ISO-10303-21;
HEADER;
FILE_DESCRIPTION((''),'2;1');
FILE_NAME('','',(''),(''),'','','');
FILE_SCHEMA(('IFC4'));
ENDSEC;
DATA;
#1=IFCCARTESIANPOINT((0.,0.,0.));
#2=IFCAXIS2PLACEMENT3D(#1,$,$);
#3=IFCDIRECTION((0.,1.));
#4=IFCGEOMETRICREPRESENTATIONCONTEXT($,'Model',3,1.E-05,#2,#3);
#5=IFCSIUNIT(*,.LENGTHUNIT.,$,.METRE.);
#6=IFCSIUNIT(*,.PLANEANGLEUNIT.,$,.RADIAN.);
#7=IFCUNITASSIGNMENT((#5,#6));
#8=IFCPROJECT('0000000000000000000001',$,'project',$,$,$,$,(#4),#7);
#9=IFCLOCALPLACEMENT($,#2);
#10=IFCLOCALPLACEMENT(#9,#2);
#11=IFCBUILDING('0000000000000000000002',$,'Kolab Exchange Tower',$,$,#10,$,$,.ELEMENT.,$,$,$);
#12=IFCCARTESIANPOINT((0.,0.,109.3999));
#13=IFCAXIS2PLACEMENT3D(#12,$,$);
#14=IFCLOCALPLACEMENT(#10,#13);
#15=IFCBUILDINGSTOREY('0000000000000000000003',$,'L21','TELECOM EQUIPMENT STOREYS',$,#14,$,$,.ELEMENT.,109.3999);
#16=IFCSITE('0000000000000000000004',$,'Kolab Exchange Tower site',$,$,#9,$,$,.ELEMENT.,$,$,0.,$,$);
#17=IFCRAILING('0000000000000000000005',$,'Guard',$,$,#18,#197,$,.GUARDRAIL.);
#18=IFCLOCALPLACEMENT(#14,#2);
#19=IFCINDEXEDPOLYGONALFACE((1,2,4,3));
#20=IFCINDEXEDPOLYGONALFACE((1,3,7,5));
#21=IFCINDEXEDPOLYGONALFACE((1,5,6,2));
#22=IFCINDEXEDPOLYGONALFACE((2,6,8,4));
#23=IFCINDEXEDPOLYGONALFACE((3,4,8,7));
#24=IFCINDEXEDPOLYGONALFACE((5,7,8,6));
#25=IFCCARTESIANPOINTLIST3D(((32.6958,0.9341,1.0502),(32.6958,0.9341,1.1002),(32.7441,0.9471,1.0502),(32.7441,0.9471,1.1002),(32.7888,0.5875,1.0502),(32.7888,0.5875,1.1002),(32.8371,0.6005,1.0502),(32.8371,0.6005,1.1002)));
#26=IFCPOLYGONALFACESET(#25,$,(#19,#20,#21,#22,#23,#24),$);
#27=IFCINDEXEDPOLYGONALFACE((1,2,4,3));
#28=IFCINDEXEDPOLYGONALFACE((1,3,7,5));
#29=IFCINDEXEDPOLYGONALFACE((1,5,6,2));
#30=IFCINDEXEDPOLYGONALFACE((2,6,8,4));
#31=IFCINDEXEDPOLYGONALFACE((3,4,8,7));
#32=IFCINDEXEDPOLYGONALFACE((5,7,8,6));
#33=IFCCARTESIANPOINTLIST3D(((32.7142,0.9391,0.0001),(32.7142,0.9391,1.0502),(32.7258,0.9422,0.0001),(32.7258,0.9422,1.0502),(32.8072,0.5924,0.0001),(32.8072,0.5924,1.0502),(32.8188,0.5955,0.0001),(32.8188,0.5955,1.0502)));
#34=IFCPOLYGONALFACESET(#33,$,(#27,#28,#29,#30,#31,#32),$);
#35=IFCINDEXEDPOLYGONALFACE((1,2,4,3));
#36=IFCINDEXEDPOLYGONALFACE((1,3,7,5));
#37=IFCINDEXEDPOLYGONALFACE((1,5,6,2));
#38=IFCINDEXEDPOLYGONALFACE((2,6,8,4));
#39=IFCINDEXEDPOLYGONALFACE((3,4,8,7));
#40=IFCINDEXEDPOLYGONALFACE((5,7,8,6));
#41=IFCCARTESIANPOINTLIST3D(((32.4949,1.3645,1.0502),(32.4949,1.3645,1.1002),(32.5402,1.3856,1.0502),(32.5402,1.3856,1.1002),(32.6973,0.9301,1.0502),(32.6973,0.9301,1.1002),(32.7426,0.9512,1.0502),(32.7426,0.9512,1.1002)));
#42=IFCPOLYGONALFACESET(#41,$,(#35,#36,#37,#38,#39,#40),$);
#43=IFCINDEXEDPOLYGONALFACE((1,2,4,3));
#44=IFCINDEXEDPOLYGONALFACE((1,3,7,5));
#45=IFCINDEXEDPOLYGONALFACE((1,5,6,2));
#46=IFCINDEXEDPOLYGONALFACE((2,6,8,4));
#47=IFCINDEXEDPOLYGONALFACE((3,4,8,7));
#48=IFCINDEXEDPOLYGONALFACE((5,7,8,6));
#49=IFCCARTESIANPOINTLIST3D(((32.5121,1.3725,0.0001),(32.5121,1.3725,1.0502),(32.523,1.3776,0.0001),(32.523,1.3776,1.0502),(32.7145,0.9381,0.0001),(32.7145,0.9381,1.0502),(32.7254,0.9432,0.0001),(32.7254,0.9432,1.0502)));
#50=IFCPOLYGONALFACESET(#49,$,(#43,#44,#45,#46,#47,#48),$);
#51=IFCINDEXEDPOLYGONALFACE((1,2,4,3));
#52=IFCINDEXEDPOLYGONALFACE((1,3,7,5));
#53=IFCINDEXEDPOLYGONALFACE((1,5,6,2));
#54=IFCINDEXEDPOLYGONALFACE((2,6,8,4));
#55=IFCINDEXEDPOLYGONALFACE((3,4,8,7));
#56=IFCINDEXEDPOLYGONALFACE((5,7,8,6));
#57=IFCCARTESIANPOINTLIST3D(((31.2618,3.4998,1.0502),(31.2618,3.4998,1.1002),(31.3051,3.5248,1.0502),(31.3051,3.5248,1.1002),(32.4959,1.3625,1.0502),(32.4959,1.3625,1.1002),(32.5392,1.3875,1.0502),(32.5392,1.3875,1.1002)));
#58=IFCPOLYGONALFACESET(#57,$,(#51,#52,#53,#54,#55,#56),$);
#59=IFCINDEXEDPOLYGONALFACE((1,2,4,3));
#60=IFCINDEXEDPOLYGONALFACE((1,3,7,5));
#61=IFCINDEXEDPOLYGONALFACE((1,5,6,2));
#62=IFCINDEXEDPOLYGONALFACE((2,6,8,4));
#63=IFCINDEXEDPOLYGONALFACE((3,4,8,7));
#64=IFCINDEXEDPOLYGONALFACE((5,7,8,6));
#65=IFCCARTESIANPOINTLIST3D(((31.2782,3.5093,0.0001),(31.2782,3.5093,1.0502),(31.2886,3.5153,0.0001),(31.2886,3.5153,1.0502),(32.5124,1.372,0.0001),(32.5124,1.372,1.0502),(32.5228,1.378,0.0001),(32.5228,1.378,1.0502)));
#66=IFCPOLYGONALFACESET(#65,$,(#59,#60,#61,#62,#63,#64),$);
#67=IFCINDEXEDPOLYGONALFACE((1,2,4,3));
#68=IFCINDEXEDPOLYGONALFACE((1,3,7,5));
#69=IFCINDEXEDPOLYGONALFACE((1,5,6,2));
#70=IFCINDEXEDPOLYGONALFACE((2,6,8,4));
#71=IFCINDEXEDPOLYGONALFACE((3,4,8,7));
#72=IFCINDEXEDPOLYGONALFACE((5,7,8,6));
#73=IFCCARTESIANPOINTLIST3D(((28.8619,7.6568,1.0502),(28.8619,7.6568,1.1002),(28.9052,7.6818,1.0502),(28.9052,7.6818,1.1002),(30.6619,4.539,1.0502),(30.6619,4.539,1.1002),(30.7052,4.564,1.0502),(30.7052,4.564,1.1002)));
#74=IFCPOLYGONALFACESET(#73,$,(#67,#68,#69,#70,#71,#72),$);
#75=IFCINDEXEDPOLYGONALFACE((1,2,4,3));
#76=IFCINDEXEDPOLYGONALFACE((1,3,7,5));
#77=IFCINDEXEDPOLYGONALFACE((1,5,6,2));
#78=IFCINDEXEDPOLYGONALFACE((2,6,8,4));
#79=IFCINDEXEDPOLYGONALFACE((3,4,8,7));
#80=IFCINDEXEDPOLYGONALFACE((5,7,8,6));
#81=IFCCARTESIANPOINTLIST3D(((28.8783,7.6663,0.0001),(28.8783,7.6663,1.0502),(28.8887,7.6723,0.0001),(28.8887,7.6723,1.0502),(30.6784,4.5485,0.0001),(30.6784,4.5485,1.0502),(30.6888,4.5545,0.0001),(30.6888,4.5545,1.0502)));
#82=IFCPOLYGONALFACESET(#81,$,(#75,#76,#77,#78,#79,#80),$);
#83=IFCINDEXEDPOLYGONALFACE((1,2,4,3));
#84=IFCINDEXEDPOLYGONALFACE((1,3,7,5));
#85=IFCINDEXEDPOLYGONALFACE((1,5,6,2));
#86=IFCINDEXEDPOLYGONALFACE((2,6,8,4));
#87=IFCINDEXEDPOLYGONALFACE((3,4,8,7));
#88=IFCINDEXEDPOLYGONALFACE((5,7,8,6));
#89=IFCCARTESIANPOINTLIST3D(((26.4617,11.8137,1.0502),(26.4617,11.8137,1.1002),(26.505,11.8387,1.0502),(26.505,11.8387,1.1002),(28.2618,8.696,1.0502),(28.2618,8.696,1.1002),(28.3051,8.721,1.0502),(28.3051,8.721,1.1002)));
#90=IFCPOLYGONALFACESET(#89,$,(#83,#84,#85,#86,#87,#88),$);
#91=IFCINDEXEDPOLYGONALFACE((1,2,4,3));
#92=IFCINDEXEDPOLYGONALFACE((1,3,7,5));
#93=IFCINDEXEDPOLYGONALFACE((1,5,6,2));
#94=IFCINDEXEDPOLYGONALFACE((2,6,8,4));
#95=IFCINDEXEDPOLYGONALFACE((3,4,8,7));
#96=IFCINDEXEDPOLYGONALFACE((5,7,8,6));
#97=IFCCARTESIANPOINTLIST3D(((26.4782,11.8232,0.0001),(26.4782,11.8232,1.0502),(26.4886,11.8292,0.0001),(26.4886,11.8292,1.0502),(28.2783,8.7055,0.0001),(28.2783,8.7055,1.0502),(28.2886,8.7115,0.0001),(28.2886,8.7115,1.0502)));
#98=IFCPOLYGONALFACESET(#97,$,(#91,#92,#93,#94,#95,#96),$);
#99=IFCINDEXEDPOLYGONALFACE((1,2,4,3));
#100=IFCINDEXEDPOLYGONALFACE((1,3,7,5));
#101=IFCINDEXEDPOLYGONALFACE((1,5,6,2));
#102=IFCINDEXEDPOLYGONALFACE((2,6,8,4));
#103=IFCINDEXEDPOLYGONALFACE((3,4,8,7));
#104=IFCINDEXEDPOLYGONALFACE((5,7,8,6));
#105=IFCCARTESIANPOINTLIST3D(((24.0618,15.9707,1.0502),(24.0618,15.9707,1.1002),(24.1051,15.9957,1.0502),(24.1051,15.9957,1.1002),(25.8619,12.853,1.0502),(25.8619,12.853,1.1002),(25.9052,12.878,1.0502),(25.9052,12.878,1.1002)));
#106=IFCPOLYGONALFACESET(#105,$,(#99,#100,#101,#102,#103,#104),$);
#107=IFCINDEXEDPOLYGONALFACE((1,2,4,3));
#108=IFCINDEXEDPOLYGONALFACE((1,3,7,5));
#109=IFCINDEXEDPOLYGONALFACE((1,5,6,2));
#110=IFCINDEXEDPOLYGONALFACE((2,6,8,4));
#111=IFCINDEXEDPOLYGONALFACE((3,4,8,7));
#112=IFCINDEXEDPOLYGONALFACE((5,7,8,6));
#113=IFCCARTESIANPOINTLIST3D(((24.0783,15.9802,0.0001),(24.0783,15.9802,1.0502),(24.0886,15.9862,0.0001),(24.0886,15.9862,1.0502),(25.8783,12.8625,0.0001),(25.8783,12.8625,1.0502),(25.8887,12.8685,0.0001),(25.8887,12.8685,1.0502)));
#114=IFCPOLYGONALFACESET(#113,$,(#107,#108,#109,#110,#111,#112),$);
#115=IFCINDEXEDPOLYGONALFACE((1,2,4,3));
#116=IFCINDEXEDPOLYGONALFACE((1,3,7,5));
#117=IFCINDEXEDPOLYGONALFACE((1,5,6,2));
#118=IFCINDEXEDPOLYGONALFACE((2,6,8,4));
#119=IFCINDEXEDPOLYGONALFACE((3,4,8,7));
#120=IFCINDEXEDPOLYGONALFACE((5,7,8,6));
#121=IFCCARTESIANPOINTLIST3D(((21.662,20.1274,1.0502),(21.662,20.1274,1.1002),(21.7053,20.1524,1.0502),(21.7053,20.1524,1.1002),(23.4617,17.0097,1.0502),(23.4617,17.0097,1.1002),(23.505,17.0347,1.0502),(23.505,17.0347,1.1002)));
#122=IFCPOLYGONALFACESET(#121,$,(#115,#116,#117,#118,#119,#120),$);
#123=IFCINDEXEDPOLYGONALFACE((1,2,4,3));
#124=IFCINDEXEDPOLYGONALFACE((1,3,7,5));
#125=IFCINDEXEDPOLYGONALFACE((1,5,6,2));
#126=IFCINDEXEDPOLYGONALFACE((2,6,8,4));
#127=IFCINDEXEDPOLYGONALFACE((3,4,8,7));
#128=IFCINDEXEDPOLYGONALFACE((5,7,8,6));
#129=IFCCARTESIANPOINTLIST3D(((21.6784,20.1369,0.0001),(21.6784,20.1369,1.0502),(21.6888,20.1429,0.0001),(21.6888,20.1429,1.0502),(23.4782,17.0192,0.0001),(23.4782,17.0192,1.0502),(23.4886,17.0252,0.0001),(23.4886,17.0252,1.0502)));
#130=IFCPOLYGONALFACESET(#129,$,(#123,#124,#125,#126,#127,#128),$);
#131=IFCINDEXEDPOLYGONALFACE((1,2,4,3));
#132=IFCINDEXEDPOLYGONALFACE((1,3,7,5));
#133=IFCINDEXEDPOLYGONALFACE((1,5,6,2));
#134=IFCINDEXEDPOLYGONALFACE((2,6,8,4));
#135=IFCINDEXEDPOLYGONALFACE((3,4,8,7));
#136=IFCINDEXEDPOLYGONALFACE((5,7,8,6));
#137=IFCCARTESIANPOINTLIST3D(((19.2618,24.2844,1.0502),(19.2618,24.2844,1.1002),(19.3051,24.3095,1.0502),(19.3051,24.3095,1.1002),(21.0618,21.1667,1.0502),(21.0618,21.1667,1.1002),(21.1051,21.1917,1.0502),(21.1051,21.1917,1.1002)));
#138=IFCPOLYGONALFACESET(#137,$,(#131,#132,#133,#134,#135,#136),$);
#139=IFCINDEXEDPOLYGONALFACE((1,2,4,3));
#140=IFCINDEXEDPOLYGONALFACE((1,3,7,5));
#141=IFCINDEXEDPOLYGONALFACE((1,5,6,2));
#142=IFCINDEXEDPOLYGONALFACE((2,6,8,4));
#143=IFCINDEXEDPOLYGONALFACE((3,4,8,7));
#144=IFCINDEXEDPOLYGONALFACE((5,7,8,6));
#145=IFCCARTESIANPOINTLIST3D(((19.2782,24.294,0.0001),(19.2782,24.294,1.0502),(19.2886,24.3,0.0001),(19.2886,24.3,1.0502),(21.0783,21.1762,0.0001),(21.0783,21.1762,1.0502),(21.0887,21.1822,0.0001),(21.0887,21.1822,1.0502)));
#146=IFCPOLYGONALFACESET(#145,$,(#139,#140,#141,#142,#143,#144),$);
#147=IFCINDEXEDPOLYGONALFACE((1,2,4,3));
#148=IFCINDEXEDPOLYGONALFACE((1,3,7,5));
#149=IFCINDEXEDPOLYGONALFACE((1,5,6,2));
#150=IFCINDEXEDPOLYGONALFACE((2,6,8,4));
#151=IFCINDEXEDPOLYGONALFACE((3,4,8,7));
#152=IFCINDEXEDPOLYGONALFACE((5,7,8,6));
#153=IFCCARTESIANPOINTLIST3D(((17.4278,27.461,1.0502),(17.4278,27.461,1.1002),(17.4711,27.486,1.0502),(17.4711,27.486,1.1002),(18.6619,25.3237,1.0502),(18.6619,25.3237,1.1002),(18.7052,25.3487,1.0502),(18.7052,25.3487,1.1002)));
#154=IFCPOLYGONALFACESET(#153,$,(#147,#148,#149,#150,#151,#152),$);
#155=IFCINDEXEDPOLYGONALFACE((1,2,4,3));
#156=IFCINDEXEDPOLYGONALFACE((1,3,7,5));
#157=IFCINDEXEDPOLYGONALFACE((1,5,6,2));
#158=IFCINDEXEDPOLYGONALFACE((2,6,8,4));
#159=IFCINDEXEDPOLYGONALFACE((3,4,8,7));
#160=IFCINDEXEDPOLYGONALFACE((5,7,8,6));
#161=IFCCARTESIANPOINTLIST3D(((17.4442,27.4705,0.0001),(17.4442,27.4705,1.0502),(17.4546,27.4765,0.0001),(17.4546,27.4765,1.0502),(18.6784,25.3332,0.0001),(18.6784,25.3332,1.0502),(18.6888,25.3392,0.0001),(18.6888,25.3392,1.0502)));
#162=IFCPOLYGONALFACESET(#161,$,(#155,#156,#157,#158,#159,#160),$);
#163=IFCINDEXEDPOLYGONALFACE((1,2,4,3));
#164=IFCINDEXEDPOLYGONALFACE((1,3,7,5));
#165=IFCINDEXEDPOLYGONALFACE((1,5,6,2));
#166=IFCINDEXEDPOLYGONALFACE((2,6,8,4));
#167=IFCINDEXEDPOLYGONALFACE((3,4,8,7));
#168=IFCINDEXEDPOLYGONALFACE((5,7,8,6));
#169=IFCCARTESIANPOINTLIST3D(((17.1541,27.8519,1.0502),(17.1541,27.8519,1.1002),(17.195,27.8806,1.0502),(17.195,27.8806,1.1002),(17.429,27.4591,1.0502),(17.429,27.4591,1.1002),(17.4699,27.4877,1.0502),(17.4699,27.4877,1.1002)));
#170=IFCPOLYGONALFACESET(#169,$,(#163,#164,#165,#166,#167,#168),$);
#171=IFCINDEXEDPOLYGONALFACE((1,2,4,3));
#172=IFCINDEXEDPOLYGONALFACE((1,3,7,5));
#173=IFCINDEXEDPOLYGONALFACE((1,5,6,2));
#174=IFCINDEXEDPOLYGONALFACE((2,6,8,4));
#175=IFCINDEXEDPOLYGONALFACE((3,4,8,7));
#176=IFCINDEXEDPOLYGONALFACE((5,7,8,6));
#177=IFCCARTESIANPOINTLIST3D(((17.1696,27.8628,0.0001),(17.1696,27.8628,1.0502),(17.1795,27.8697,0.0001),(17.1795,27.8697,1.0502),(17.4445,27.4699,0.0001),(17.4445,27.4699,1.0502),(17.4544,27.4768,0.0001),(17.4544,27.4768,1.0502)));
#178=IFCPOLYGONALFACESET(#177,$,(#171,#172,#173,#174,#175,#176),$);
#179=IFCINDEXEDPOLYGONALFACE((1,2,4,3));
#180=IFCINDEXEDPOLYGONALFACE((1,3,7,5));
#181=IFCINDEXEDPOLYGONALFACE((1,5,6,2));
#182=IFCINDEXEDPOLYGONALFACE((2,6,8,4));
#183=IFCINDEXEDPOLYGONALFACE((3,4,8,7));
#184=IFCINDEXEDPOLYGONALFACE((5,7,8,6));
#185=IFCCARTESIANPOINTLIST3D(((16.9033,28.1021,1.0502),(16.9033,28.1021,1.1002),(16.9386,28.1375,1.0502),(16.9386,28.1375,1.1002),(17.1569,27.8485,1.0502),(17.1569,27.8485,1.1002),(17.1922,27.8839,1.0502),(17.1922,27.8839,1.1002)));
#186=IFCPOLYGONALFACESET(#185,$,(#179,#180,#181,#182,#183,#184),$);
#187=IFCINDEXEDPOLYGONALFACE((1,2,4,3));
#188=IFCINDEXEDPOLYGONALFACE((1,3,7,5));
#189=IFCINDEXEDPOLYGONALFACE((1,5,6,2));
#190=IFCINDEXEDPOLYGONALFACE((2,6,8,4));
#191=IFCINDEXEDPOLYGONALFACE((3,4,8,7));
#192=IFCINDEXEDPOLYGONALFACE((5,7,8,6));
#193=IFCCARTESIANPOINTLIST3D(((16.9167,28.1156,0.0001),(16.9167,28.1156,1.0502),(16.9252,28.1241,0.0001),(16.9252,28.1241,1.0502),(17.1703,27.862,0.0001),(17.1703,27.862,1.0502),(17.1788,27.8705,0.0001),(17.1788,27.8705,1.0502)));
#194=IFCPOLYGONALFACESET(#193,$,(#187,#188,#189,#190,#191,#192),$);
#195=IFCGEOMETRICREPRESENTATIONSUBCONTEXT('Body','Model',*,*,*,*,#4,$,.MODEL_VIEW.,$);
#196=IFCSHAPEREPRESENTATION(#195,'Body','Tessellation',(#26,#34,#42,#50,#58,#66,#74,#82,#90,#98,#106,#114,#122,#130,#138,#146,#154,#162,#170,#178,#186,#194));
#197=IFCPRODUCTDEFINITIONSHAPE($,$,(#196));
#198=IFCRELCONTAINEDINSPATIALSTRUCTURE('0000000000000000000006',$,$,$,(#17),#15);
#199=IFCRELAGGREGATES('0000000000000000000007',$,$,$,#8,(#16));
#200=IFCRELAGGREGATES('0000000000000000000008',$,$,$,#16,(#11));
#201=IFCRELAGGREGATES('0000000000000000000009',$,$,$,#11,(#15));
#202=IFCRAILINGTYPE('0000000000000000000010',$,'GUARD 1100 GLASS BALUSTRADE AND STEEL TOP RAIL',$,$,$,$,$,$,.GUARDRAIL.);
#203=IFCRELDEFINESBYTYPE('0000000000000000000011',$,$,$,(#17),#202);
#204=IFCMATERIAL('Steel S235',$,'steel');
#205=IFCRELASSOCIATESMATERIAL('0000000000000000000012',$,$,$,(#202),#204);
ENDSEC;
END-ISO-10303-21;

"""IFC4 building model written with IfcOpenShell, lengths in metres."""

from ifc_helpers import new_model, si_unit, direction, frame, frame_2d, origin, origin_2d, place, context, subcontext, project, spatial, rectangle, extrude, material, type_object, element, save


model = new_model("IFC4")

# Units and contexts
model_context = context("Model", 3, precision=1e-05, world=origin(), true_north=direction((0.0, 1.0)))
body_context = subcontext(model_context, "Body", "Model", "MODEL_VIEW")
ifc_project = project(units=[si_unit("LENGTHUNIT", "METRE"), si_unit("PLANEANGLEUNIT", "RADIAN")], contexts=[model_context])

# Site, building, storey
site_placement = place(None, origin())
site = spatial("IfcSite", under=ifc_project, at=site_placement, Name="Kolab Exchange Tower site", CompositionType="ELEMENT", RefElevation=0.0)
building_placement = place(site_placement, origin())
building = spatial("IfcBuilding", under=site, at=building_placement, Name="Kolab Exchange Tower", CompositionType="ELEMENT")
storey_placement = place(building_placement, frame((0.0, 0.0, 109.3999)))
storey = spatial("IfcBuildingStorey", under=building, at=storey_placement, Name="L21", Description="TELECOM EQUIPMENT STOREYS", CompositionType="ELEMENT", Elevation=109.3999)

# Railing
ifc_material_1 = material(Name="Steel S235", Category="steel")
railing_type = type_object("IfcRailingType", Name="GUARD 1100 GLASS BALUSTRADE AND STEEL TOP RAIL", PredefinedType="GUARDRAIL", material=ifc_material_1)
railing_placement = place(storey_placement, frame((32.813, 0.594, 0.0)))
element("IfcRailing", 1, at=railing_placement, inside=storey, type_object=railing_type, Name="Guard", PredefinedType="GUARDRAIL", context=body_context, shape_type="SweptSolid", body=[
    extrude(rectangle(XDim=0.05, YDim=0.05, at=origin_2d()), frame((0.0, 0.0, 1.0752), z_axis=(-0.259144, 0.965839, 0.0), x_axis=(-0.965839, -0.259144, 0.0)), (0.0, 0.0, 1.0), 0.3589),
    extrude(rectangle(XDim=0.012, YDim=1.0501, at=frame_2d((0.0, 0.5251))), frame((0.0, 0.0, 0.0), z_axis=(-0.259144, 0.965839, 0.0), x_axis=(-0.965839, -0.259144, 0.0)), (0.0, 0.0, 1.0), 0.3589),
    extrude(rectangle(XDim=0.05, YDim=0.05, at=origin_2d()), frame((-0.093, 0.3467, 1.0752), z_axis=(-0.422383, 0.906417, 0.0), x_axis=(-0.906417, -0.422383, 0.0)), (0.0, 0.0, 1.0), 0.4792),
    extrude(rectangle(XDim=0.012, YDim=1.0501, at=frame_2d((0.0, 0.5251))), frame((-0.093, 0.3467, 0.0), z_axis=(-0.422383, 0.906417, 0.0), x_axis=(-0.906417, -0.422383, 0.0)), (0.0, 0.0, 1.0), 0.4792),
    extrude(rectangle(XDim=0.05, YDim=0.05, at=origin_2d()), frame((-0.2954, 0.781, 1.0752), z_axis=(-0.500065, 0.865988, 0.0), x_axis=(-0.865988, -0.500065, 0.0)), (0.0, 0.0, 1.0), 2.468),
    extrude(rectangle(XDim=0.012, YDim=1.0501, at=frame_2d((0.0, 0.5251))), frame((-0.2954, 0.781, 0.0), z_axis=(-0.500065, 0.865988, 0.0), x_axis=(-0.865988, -0.500065, 0.0)), (0.0, 0.0, 1.0), 2.468),
    extrude(rectangle(XDim=0.05, YDim=0.05, at=origin_2d()), frame((-2.1294, 3.9575, 1.0752), z_axis=(-0.500012, 0.866018, 0.0), x_axis=(-0.866018, -0.500012, 0.0)), (0.0, 0.0, 1.0), 3.6001),
    extrude(rectangle(XDim=0.012, YDim=1.0501, at=frame_2d((0.0, 0.5251))), frame((-2.1294, 3.9575, 0.0), z_axis=(-0.500012, 0.866018, 0.0), x_axis=(-0.866018, -0.500012, 0.0)), (0.0, 0.0, 1.0), 3.6001),
    extrude(rectangle(XDim=0.05, YDim=0.05, at=origin_2d()), frame((-4.5295, 8.1145, 1.0752), z_axis=(-0.500012, 0.866018, 0.0), x_axis=(-0.866018, -0.500012, 0.0)), (0.0, 0.0, 1.0), 3.6001),
    extrude(rectangle(XDim=0.012, YDim=1.0501, at=frame_2d((0.0, 0.5251))), frame((-4.5295, 8.1145, 0.0), z_axis=(-0.500012, 0.866018, 0.0), x_axis=(-0.866018, -0.500012, 0.0)), (0.0, 0.0, 1.0), 3.6001),
    extrude(rectangle(XDim=0.05, YDim=0.05, at=origin_2d()), frame((-6.9294, 12.2715, 1.0752), z_axis=(-0.500012, 0.866018, 0.0), x_axis=(-0.866018, -0.500012, 0.0)), (0.0, 0.0, 1.0), 3.6001),
    extrude(rectangle(XDim=0.012, YDim=1.0501, at=frame_2d((0.0, 0.5251))), frame((-6.9294, 12.2715, 0.0), z_axis=(-0.500012, 0.866018, 0.0), x_axis=(-0.866018, -0.500012, 0.0)), (0.0, 0.0, 1.0), 3.6001),
    extrude(rectangle(XDim=0.05, YDim=0.05, at=origin_2d()), frame((-9.3296, 16.4282, 1.0752), z_axis=(-0.499961, 0.866048, 0.0), x_axis=(-0.866048, -0.499961, 0.0)), (0.0, 0.0, 1.0), 3.5999),
    extrude(rectangle(XDim=0.012, YDim=1.0501, at=frame_2d((0.0, 0.5251))), frame((-9.3296, 16.4282, 0.0), z_axis=(-0.499961, 0.866048, 0.0), x_axis=(-0.866048, -0.499961, 0.0)), (0.0, 0.0, 1.0), 3.5999),
    extrude(rectangle(XDim=0.05, YDim=0.05, at=origin_2d()), frame((-11.7295, 20.5852, 1.0752), z_axis=(-0.500012, 0.866018, 0.0), x_axis=(-0.866018, -0.500012, 0.0)), (0.0, 0.0, 1.0), 3.6001),
    extrude(rectangle(XDim=0.012, YDim=1.0501, at=frame_2d((0.0, 0.5251))), frame((-11.7295, 20.5852, 0.0), z_axis=(-0.500012, 0.866018, 0.0), x_axis=(-0.866018, -0.500012, 0.0)), (0.0, 0.0, 1.0), 3.6001),
    extrude(rectangle(XDim=0.05, YDim=0.05, at=origin_2d()), frame((-14.1294, 24.7422, 1.0752), z_axis=(-0.500065, 0.865988, 0.0), x_axis=(-0.865988, -0.500065, 0.0)), (0.0, 0.0, 1.0), 2.468),
    extrude(rectangle(XDim=0.012, YDim=1.0501, at=frame_2d((0.0, 0.5251))), frame((-14.1294, 24.7422, 0.0), z_axis=(-0.500065, 0.865988, 0.0), x_axis=(-0.865988, -0.500065, 0.0)), (0.0, 0.0, 1.0), 2.468),
    extrude(rectangle(XDim=0.05, YDim=0.05, at=origin_2d()), frame((-15.3635, 26.8794, 1.0752), z_axis=(-0.57336, 0.819304, 0.0), x_axis=(-0.819304, -0.57336, 0.0)), (0.0, 0.0, 1.0), 0.4795),
    extrude(rectangle(XDim=0.012, YDim=1.0501, at=frame_2d((0.0, 0.5251))), frame((-15.3635, 26.8794, 0.0), z_axis=(-0.57336, 0.819304, 0.0), x_axis=(-0.819304, -0.57336, 0.0)), (0.0, 0.0, 1.0), 0.4795),
    extrude(rectangle(XDim=0.05, YDim=0.05, at=origin_2d()), frame((-15.6384, 27.2722, 1.0752), z_axis=(-0.707107, 0.707107, 0.0), x_axis=(-0.707107, -0.707107, 0.0)), (0.0, 0.0, 1.0), 0.3586),
    extrude(rectangle(XDim=0.012, YDim=1.0501, at=frame_2d((0.0, 0.5251))), frame((-15.6384, 27.2722, 0.0), z_axis=(-0.707107, 0.707107, 0.0), x_axis=(-0.707107, -0.707107, 0.0)), (0.0, 0.0, 1.0), 0.3586),
])

save(model, "model.ifc")
